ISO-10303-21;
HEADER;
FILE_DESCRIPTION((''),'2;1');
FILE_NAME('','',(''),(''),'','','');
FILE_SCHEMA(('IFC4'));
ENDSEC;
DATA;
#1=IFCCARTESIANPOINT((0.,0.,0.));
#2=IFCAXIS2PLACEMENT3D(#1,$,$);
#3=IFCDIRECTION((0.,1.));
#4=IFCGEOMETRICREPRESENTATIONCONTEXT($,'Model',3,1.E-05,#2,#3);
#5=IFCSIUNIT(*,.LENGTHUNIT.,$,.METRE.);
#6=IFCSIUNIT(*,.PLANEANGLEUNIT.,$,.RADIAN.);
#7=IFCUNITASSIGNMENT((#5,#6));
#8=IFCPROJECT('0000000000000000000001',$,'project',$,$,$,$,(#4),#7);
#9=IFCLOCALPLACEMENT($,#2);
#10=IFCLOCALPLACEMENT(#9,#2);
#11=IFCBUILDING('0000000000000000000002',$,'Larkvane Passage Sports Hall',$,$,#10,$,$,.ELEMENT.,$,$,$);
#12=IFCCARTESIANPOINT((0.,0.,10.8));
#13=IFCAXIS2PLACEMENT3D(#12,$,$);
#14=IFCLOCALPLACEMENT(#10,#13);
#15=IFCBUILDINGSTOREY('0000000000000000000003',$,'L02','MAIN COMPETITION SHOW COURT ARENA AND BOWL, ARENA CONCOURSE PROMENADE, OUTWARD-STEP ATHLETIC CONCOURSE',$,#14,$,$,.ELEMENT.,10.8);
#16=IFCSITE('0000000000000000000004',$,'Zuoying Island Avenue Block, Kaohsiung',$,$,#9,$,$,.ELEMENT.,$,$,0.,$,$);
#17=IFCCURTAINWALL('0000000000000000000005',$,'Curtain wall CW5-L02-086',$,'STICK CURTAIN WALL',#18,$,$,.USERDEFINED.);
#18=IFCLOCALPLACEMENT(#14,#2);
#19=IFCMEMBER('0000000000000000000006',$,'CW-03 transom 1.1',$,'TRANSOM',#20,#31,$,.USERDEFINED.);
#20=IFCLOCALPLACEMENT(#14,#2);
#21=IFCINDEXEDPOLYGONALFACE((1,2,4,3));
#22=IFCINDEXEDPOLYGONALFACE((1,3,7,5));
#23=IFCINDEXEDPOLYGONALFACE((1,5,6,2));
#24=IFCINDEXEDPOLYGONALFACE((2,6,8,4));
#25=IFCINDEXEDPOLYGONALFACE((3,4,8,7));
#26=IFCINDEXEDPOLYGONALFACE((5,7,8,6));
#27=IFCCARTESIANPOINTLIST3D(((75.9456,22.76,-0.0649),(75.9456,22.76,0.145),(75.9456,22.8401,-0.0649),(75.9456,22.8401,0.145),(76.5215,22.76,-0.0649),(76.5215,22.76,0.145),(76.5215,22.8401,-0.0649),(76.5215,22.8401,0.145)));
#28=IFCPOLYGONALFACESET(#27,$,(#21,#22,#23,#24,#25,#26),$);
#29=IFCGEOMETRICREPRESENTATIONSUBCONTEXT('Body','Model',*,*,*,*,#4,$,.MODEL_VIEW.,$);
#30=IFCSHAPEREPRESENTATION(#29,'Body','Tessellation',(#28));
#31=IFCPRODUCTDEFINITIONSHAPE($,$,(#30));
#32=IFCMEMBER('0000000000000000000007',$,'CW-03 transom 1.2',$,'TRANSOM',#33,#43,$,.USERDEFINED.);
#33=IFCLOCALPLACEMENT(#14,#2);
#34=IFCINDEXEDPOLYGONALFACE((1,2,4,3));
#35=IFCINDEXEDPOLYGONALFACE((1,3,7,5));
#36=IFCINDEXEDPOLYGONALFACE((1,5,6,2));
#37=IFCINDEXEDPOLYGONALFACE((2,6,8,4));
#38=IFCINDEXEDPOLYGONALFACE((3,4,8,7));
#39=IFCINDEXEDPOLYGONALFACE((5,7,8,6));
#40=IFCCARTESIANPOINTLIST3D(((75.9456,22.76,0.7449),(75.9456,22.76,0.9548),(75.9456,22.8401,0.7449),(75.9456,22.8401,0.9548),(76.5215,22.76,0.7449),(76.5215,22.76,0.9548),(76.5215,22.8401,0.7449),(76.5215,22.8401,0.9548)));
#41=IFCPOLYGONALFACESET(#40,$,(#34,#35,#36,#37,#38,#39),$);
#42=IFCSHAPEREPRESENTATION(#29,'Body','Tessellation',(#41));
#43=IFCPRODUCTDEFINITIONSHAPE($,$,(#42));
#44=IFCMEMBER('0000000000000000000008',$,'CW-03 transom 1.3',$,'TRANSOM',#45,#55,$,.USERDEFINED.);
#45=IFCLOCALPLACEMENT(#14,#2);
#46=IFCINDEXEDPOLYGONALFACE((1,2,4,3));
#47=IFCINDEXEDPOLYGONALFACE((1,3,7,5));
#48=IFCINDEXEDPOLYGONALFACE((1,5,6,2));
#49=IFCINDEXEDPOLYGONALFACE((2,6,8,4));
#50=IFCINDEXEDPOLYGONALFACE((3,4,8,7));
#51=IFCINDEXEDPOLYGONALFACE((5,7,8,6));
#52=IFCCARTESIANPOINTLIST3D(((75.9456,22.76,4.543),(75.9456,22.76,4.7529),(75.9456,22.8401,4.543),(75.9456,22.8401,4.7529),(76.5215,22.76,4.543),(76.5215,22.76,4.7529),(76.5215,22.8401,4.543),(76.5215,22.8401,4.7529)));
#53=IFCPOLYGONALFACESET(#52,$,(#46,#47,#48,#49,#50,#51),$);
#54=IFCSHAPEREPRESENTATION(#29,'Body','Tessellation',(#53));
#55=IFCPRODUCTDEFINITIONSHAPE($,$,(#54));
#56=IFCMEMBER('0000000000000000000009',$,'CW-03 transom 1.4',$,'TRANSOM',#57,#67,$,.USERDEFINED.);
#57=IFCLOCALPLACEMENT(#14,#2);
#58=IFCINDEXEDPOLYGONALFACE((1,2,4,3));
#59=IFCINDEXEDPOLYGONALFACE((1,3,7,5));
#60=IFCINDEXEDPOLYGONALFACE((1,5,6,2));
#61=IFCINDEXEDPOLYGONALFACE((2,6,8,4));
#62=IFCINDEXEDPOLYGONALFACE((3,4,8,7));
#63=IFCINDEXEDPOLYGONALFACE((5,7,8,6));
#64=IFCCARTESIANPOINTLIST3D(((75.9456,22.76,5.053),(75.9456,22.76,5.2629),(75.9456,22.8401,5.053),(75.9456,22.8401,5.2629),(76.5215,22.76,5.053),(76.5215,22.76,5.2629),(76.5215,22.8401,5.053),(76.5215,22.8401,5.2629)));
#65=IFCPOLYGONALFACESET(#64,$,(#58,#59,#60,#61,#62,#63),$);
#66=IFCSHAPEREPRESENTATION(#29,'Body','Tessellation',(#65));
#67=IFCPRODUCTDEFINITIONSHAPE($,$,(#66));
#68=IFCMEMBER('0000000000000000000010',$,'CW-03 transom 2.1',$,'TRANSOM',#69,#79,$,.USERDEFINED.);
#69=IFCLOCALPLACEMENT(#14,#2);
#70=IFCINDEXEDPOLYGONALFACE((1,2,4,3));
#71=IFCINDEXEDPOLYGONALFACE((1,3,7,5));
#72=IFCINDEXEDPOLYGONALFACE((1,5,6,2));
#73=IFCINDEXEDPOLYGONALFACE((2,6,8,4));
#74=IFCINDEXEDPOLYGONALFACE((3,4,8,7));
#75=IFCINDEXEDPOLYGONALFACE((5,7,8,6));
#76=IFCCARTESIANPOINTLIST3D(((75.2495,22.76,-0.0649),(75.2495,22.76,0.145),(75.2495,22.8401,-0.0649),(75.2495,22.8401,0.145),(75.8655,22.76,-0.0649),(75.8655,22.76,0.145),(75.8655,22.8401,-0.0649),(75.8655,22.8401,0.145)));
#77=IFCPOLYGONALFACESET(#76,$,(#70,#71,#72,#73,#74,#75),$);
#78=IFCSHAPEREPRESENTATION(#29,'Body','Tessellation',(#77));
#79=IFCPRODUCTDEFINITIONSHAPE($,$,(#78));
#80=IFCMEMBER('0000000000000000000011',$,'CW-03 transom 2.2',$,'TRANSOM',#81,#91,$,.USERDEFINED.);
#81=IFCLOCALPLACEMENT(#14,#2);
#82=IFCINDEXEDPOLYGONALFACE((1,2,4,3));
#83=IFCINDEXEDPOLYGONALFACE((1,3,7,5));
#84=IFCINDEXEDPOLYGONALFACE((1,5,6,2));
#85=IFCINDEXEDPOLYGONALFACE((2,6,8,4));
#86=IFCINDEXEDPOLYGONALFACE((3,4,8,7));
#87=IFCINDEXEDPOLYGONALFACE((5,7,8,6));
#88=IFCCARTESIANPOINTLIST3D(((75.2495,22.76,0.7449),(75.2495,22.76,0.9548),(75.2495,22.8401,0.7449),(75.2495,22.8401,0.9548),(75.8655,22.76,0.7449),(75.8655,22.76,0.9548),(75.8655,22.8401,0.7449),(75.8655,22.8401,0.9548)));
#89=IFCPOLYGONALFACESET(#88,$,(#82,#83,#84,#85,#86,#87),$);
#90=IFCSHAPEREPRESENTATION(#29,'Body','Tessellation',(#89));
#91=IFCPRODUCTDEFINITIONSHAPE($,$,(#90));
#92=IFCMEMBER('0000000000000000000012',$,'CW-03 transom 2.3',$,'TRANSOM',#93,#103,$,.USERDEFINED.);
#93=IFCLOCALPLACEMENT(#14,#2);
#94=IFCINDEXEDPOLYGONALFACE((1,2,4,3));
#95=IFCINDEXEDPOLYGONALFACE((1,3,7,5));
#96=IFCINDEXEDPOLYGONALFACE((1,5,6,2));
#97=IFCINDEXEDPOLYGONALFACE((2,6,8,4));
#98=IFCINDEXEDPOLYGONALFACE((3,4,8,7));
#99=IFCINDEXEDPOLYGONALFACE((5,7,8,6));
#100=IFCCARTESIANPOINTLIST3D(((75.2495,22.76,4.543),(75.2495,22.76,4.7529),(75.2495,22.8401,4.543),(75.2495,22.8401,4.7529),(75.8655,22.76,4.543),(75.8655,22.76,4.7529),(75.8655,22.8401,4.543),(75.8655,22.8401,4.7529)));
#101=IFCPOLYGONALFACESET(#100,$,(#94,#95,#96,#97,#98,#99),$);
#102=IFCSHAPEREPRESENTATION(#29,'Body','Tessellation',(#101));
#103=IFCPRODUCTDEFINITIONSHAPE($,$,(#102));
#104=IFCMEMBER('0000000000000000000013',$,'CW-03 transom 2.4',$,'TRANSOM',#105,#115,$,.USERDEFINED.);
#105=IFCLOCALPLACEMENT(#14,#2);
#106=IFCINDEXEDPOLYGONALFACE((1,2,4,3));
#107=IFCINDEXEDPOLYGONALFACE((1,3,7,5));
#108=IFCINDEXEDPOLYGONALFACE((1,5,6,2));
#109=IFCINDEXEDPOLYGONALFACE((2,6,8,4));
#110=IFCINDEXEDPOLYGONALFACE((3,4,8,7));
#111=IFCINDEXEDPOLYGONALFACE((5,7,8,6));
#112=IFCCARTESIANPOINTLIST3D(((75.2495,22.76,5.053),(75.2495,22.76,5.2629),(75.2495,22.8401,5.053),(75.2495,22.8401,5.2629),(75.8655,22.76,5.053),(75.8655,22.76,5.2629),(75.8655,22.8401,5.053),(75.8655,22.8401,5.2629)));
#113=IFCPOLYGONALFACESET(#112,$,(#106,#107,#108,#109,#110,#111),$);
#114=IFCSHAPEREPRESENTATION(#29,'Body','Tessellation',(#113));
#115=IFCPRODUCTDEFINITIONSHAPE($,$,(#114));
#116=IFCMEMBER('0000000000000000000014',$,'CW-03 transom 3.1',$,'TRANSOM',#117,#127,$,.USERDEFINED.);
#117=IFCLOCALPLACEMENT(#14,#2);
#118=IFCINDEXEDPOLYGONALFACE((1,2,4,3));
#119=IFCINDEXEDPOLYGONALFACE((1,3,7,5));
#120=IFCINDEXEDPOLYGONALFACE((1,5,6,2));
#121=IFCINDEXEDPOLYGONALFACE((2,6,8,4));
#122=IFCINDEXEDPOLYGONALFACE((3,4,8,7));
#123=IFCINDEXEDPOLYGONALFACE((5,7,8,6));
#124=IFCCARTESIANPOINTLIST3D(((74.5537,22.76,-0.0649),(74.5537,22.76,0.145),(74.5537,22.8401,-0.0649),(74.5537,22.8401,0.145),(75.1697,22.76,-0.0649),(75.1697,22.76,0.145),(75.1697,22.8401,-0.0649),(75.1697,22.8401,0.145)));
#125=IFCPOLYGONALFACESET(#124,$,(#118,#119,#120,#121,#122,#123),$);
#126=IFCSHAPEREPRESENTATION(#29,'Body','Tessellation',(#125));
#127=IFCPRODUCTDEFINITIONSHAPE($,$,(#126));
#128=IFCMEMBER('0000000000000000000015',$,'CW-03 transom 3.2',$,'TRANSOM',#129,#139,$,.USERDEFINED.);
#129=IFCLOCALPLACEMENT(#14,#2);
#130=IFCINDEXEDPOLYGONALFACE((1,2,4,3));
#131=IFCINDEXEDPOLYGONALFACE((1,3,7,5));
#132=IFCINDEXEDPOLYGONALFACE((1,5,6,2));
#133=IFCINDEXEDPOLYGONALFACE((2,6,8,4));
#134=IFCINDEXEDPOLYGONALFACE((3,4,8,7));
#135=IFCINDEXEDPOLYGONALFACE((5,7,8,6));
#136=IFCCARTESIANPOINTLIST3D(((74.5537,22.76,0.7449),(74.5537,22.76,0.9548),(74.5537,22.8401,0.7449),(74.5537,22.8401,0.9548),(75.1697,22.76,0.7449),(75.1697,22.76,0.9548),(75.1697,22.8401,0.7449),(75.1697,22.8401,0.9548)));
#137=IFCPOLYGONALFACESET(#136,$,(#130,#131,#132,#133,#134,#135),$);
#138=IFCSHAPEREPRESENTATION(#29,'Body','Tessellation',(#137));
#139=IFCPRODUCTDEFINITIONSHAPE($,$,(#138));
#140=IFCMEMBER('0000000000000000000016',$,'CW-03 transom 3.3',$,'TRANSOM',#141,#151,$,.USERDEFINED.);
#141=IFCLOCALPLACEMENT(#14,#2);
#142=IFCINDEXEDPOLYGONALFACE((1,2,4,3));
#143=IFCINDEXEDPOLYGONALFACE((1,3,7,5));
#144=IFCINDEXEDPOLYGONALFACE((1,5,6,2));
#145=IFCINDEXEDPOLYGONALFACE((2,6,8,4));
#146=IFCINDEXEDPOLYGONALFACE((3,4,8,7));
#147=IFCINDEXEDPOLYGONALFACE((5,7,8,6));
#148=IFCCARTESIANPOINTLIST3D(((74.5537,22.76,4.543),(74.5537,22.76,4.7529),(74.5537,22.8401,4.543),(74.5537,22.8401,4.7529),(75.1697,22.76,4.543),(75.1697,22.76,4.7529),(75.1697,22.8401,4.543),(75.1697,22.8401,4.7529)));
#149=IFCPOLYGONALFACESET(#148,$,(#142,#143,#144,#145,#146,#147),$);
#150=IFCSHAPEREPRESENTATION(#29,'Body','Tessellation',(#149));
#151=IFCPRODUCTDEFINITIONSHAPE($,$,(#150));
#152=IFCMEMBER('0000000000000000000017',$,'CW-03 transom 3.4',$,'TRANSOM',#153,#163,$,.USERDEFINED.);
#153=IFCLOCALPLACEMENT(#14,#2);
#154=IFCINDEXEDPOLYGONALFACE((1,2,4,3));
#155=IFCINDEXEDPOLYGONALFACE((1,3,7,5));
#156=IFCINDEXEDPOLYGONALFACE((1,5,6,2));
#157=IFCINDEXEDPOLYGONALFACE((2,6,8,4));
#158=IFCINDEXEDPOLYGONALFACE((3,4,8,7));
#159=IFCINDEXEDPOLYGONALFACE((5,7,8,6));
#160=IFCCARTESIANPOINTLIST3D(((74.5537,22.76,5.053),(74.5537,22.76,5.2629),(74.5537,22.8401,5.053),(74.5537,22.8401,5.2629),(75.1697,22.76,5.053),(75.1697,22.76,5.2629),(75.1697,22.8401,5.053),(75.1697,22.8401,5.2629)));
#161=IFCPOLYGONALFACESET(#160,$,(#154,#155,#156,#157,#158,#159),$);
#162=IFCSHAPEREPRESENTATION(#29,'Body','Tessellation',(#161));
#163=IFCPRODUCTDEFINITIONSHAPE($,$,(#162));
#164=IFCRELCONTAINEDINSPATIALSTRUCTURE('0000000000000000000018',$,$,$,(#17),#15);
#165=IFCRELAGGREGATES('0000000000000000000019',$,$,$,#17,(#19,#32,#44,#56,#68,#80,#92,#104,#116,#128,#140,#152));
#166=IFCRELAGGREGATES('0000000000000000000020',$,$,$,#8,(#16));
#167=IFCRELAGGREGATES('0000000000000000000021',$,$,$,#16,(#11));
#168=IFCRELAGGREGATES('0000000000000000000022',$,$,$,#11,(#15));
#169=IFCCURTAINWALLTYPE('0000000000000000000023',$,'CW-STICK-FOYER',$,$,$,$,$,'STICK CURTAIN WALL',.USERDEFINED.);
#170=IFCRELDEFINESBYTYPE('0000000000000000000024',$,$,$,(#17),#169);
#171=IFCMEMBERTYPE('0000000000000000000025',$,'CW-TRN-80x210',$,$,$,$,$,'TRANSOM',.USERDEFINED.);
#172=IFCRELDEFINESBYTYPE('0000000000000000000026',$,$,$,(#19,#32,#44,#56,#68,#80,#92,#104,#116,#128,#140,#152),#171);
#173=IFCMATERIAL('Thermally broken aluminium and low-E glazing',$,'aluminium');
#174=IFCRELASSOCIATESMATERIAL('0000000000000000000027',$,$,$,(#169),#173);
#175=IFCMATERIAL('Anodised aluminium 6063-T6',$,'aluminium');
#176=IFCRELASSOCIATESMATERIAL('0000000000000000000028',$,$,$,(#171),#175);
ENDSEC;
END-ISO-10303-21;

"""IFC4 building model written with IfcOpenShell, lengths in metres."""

from ifc_helpers import new_model, si_unit, direction, frame, origin, origin_2d, place, context, subcontext, project, spatial, rectangle, extrude, material, material_profile, profile_set, type_object, element, aggregate, save


model = new_model("IFC4")

# Units and contexts
model_context = context("Model", 3, precision=1e-05, world=origin(), true_north=direction((0.0, 1.0)))
body_context = subcontext(model_context, "Body", "Model", "MODEL_VIEW")
ifc_project = project(units=[si_unit("LENGTHUNIT", "METRE"), si_unit("PLANEANGLEUNIT", "RADIAN")], contexts=[model_context])

# Site, building, storey
site_placement = place(None, origin())
site = spatial("IfcSite", under=ifc_project, at=site_placement, Name="Zuoying Island Avenue Block, Kaohsiung", CompositionType="ELEMENT", RefElevation=0.0)
building_placement = place(site_placement, origin())
building = spatial("IfcBuilding", under=site, at=building_placement, Name="Larkvane Passage Sports Hall", CompositionType="ELEMENT")
storey_placement = place(building_placement, frame((0.0, 0.0, 10.8)))
storey = spatial("IfcBuildingStorey", under=building, at=storey_placement, Name="L02", Description="MAIN COMPETITION SHOW COURT ARENA AND BOWL, ARENA CONCOURSE PROMENADE, OUTWARD-STEP ATHLETIC CONCOURSE", CompositionType="ELEMENT", Elevation=10.8)

# Curtain wall, members
ifc_material_1 = material(Name="Thermally broken aluminium and low-E glazing", Category="aluminium")
curtain_wall_type = type_object("IfcCurtainWallType", Name="CW-STICK-FOYER", ElementType="STICK CURTAIN WALL", PredefinedType="USERDEFINED", material=ifc_material_1)
curtain_wall_placement = place(storey_placement, origin())
curtain_wall = element("IfcCurtainWall", 1, at=curtain_wall_placement, inside=storey, type_object=curtain_wall_type, Name="Curtain wall CW5-L02-086", ObjectType="STICK CURTAIN WALL", PredefinedType="USERDEFINED")
ifc_material_2 = material(Name="Anodised aluminium 6063-T6", Category="aluminium")
ifc_material_profile_1 = material_profile(ifc_material_2, rectangle(XDim=0.0801, YDim=0.21, at=origin_2d()), Name="ALU-TRN-80x210")
ifc_profile_set_1 = profile_set([ifc_material_profile_1], Name="Anodised aluminium 6063-T6")
member_type_1 = type_object("IfcMemberType", Name="CW-TRN-80x210", ElementType="TRANSOM", PredefinedType="USERDEFINED", material=ifc_profile_set_1)
member_1_placement = place(storey_placement, frame((76.5215, 22.8, 0.04), z_axis=(-1.0, 0.0, 0.0), x_axis=(0.0, -1.0, 0.0)))
member_1 = element("IfcMember", 2, at=member_1_placement, type_object=member_type_1, Name="CW-03 transom 1.1", ObjectType="TRANSOM", PredefinedType="USERDEFINED", context=body_context, shape_type="SweptSolid", body=[
    extrude(rectangle(XDim=0.0801, YDim=0.21, at=origin_2d()), origin(), (0.0, 0.0, 1.0), 0.5759),
])
member_2_placement = place(storey_placement, frame((76.5215, 22.8, 0.8499), z_axis=(-1.0, 0.0, 0.0), x_axis=(0.0, -1.0, 0.0)))
member_2 = element("IfcMember", 3, at=member_2_placement, type_object=member_type_1, Name="CW-03 transom 1.2", ObjectType="TRANSOM", PredefinedType="USERDEFINED", context=body_context, shape_type="SweptSolid", body=[
    extrude(rectangle(XDim=0.0801, YDim=0.21, at=origin_2d()), origin(), (0.0, 0.0, 1.0), 0.5759),
])
member_3_placement = place(storey_placement, frame((76.5215, 22.8, 4.6479), z_axis=(-1.0, 0.0, 0.0), x_axis=(0.0, -1.0, 0.0)))
member_3 = element("IfcMember", 4, at=member_3_placement, type_object=member_type_1, Name="CW-03 transom 1.3", ObjectType="TRANSOM", PredefinedType="USERDEFINED", context=body_context, shape_type="SweptSolid", body=[
    extrude(rectangle(XDim=0.0801, YDim=0.21, at=origin_2d()), origin(), (0.0, 0.0, 1.0), 0.5759),
])
member_4_placement = place(storey_placement, frame((76.5215, 22.8, 5.158), z_axis=(-1.0, 0.0, 0.0), x_axis=(0.0, -1.0, 0.0)))
member_4 = element("IfcMember", 5, at=member_4_placement, type_object=member_type_1, Name="CW-03 transom 1.4", ObjectType="TRANSOM", PredefinedType="USERDEFINED", context=body_context, shape_type="SweptSolid", body=[
    extrude(rectangle(XDim=0.0801, YDim=0.21, at=origin_2d()), origin(), (0.0, 0.0, 1.0), 0.5759),
])
member_5_placement = place(storey_placement, frame((75.8655, 22.8, 0.04), z_axis=(-1.0, 0.0, 0.0), x_axis=(0.0, -1.0, 0.0)))
member_5 = element("IfcMember", 6, at=member_5_placement, type_object=member_type_1, Name="CW-03 transom 2.1", ObjectType="TRANSOM", PredefinedType="USERDEFINED", context=body_context, shape_type="SweptSolid", body=[
    extrude(rectangle(XDim=0.0801, YDim=0.21, at=origin_2d()), origin(), (0.0, 0.0, 1.0), 0.616),
])
member_6_placement = place(storey_placement, frame((75.8655, 22.8, 0.8499), z_axis=(-1.0, 0.0, 0.0), x_axis=(0.0, -1.0, 0.0)))
member_6 = element("IfcMember", 7, at=member_6_placement, type_object=member_type_1, Name="CW-03 transom 2.2", ObjectType="TRANSOM", PredefinedType="USERDEFINED", context=body_context, shape_type="SweptSolid", body=[
    extrude(rectangle(XDim=0.0801, YDim=0.21, at=origin_2d()), origin(), (0.0, 0.0, 1.0), 0.616),
])
member_7_placement = place(storey_placement, frame((75.8655, 22.8, 4.6479), z_axis=(-1.0, 0.0, 0.0), x_axis=(0.0, -1.0, 0.0)))
member_7 = element("IfcMember", 8, at=member_7_placement, type_object=member_type_1, Name="CW-03 transom 2.3", ObjectType="TRANSOM", PredefinedType="USERDEFINED", context=body_context, shape_type="SweptSolid", body=[
    extrude(rectangle(XDim=0.0801, YDim=0.21, at=origin_2d()), origin(), (0.0, 0.0, 1.0), 0.616),
])
member_8_placement = place(storey_placement, frame((75.8655, 22.8, 5.158), z_axis=(-1.0, 0.0, 0.0), x_axis=(0.0, -1.0, 0.0)))
member_8 = element("IfcMember", 9, at=member_8_placement, type_object=member_type_1, Name="CW-03 transom 2.4", ObjectType="TRANSOM", PredefinedType="USERDEFINED", context=body_context, shape_type="SweptSolid", body=[
    extrude(rectangle(XDim=0.0801, YDim=0.21, at=origin_2d()), origin(), (0.0, 0.0, 1.0), 0.616),
])
member_9_placement = place(storey_placement, frame((75.1697, 22.8, 0.04), z_axis=(-1.0, 0.0, 0.0), x_axis=(0.0, -1.0, 0.0)))
member_9 = element("IfcMember", 10, at=member_9_placement, type_object=member_type_1, Name="CW-03 transom 3.1", ObjectType="TRANSOM", PredefinedType="USERDEFINED", context=body_context, shape_type="SweptSolid", body=[
    extrude(rectangle(XDim=0.0801, YDim=0.21, at=origin_2d()), origin(), (0.0, 0.0, 1.0), 0.616),
])
member_10_placement = place(storey_placement, frame((75.1697, 22.8, 0.8499), z_axis=(-1.0, 0.0, 0.0), x_axis=(0.0, -1.0, 0.0)))
member_10 = element("IfcMember", 11, at=member_10_placement, type_object=member_type_1, Name="CW-03 transom 3.2", ObjectType="TRANSOM", PredefinedType="USERDEFINED", context=body_context, shape_type="SweptSolid", body=[
    extrude(rectangle(XDim=0.0801, YDim=0.21, at=origin_2d()), origin(), (0.0, 0.0, 1.0), 0.616),
])
member_11_placement = place(storey_placement, frame((75.1697, 22.8, 4.6479), z_axis=(-1.0, 0.0, 0.0), x_axis=(0.0, -1.0, 0.0)))
member_11 = element("IfcMember", 12, at=member_11_placement, type_object=member_type_1, Name="CW-03 transom 3.3", ObjectType="TRANSOM", PredefinedType="USERDEFINED", context=body_context, shape_type="SweptSolid", body=[
    extrude(rectangle(XDim=0.0801, YDim=0.21, at=origin_2d()), origin(), (0.0, 0.0, 1.0), 0.616),
])
member_12_placement = place(storey_placement, frame((75.1697, 22.8, 5.158), z_axis=(-1.0, 0.0, 0.0), x_axis=(0.0, -1.0, 0.0)))
member_12 = element("IfcMember", 13, at=member_12_placement, type_object=member_type_1, Name="CW-03 transom 3.4", ObjectType="TRANSOM", PredefinedType="USERDEFINED", context=body_context, shape_type="SweptSolid", body=[
    extrude(rectangle(XDim=0.0801, YDim=0.21, at=origin_2d()), origin(), (0.0, 0.0, 1.0), 0.616),
])

aggregate(curtain_wall, [member_1, member_2, member_3, member_4, member_5, member_6, member_7, member_8, member_9, member_10, member_11, member_12])

save(model, "model.ifc")
